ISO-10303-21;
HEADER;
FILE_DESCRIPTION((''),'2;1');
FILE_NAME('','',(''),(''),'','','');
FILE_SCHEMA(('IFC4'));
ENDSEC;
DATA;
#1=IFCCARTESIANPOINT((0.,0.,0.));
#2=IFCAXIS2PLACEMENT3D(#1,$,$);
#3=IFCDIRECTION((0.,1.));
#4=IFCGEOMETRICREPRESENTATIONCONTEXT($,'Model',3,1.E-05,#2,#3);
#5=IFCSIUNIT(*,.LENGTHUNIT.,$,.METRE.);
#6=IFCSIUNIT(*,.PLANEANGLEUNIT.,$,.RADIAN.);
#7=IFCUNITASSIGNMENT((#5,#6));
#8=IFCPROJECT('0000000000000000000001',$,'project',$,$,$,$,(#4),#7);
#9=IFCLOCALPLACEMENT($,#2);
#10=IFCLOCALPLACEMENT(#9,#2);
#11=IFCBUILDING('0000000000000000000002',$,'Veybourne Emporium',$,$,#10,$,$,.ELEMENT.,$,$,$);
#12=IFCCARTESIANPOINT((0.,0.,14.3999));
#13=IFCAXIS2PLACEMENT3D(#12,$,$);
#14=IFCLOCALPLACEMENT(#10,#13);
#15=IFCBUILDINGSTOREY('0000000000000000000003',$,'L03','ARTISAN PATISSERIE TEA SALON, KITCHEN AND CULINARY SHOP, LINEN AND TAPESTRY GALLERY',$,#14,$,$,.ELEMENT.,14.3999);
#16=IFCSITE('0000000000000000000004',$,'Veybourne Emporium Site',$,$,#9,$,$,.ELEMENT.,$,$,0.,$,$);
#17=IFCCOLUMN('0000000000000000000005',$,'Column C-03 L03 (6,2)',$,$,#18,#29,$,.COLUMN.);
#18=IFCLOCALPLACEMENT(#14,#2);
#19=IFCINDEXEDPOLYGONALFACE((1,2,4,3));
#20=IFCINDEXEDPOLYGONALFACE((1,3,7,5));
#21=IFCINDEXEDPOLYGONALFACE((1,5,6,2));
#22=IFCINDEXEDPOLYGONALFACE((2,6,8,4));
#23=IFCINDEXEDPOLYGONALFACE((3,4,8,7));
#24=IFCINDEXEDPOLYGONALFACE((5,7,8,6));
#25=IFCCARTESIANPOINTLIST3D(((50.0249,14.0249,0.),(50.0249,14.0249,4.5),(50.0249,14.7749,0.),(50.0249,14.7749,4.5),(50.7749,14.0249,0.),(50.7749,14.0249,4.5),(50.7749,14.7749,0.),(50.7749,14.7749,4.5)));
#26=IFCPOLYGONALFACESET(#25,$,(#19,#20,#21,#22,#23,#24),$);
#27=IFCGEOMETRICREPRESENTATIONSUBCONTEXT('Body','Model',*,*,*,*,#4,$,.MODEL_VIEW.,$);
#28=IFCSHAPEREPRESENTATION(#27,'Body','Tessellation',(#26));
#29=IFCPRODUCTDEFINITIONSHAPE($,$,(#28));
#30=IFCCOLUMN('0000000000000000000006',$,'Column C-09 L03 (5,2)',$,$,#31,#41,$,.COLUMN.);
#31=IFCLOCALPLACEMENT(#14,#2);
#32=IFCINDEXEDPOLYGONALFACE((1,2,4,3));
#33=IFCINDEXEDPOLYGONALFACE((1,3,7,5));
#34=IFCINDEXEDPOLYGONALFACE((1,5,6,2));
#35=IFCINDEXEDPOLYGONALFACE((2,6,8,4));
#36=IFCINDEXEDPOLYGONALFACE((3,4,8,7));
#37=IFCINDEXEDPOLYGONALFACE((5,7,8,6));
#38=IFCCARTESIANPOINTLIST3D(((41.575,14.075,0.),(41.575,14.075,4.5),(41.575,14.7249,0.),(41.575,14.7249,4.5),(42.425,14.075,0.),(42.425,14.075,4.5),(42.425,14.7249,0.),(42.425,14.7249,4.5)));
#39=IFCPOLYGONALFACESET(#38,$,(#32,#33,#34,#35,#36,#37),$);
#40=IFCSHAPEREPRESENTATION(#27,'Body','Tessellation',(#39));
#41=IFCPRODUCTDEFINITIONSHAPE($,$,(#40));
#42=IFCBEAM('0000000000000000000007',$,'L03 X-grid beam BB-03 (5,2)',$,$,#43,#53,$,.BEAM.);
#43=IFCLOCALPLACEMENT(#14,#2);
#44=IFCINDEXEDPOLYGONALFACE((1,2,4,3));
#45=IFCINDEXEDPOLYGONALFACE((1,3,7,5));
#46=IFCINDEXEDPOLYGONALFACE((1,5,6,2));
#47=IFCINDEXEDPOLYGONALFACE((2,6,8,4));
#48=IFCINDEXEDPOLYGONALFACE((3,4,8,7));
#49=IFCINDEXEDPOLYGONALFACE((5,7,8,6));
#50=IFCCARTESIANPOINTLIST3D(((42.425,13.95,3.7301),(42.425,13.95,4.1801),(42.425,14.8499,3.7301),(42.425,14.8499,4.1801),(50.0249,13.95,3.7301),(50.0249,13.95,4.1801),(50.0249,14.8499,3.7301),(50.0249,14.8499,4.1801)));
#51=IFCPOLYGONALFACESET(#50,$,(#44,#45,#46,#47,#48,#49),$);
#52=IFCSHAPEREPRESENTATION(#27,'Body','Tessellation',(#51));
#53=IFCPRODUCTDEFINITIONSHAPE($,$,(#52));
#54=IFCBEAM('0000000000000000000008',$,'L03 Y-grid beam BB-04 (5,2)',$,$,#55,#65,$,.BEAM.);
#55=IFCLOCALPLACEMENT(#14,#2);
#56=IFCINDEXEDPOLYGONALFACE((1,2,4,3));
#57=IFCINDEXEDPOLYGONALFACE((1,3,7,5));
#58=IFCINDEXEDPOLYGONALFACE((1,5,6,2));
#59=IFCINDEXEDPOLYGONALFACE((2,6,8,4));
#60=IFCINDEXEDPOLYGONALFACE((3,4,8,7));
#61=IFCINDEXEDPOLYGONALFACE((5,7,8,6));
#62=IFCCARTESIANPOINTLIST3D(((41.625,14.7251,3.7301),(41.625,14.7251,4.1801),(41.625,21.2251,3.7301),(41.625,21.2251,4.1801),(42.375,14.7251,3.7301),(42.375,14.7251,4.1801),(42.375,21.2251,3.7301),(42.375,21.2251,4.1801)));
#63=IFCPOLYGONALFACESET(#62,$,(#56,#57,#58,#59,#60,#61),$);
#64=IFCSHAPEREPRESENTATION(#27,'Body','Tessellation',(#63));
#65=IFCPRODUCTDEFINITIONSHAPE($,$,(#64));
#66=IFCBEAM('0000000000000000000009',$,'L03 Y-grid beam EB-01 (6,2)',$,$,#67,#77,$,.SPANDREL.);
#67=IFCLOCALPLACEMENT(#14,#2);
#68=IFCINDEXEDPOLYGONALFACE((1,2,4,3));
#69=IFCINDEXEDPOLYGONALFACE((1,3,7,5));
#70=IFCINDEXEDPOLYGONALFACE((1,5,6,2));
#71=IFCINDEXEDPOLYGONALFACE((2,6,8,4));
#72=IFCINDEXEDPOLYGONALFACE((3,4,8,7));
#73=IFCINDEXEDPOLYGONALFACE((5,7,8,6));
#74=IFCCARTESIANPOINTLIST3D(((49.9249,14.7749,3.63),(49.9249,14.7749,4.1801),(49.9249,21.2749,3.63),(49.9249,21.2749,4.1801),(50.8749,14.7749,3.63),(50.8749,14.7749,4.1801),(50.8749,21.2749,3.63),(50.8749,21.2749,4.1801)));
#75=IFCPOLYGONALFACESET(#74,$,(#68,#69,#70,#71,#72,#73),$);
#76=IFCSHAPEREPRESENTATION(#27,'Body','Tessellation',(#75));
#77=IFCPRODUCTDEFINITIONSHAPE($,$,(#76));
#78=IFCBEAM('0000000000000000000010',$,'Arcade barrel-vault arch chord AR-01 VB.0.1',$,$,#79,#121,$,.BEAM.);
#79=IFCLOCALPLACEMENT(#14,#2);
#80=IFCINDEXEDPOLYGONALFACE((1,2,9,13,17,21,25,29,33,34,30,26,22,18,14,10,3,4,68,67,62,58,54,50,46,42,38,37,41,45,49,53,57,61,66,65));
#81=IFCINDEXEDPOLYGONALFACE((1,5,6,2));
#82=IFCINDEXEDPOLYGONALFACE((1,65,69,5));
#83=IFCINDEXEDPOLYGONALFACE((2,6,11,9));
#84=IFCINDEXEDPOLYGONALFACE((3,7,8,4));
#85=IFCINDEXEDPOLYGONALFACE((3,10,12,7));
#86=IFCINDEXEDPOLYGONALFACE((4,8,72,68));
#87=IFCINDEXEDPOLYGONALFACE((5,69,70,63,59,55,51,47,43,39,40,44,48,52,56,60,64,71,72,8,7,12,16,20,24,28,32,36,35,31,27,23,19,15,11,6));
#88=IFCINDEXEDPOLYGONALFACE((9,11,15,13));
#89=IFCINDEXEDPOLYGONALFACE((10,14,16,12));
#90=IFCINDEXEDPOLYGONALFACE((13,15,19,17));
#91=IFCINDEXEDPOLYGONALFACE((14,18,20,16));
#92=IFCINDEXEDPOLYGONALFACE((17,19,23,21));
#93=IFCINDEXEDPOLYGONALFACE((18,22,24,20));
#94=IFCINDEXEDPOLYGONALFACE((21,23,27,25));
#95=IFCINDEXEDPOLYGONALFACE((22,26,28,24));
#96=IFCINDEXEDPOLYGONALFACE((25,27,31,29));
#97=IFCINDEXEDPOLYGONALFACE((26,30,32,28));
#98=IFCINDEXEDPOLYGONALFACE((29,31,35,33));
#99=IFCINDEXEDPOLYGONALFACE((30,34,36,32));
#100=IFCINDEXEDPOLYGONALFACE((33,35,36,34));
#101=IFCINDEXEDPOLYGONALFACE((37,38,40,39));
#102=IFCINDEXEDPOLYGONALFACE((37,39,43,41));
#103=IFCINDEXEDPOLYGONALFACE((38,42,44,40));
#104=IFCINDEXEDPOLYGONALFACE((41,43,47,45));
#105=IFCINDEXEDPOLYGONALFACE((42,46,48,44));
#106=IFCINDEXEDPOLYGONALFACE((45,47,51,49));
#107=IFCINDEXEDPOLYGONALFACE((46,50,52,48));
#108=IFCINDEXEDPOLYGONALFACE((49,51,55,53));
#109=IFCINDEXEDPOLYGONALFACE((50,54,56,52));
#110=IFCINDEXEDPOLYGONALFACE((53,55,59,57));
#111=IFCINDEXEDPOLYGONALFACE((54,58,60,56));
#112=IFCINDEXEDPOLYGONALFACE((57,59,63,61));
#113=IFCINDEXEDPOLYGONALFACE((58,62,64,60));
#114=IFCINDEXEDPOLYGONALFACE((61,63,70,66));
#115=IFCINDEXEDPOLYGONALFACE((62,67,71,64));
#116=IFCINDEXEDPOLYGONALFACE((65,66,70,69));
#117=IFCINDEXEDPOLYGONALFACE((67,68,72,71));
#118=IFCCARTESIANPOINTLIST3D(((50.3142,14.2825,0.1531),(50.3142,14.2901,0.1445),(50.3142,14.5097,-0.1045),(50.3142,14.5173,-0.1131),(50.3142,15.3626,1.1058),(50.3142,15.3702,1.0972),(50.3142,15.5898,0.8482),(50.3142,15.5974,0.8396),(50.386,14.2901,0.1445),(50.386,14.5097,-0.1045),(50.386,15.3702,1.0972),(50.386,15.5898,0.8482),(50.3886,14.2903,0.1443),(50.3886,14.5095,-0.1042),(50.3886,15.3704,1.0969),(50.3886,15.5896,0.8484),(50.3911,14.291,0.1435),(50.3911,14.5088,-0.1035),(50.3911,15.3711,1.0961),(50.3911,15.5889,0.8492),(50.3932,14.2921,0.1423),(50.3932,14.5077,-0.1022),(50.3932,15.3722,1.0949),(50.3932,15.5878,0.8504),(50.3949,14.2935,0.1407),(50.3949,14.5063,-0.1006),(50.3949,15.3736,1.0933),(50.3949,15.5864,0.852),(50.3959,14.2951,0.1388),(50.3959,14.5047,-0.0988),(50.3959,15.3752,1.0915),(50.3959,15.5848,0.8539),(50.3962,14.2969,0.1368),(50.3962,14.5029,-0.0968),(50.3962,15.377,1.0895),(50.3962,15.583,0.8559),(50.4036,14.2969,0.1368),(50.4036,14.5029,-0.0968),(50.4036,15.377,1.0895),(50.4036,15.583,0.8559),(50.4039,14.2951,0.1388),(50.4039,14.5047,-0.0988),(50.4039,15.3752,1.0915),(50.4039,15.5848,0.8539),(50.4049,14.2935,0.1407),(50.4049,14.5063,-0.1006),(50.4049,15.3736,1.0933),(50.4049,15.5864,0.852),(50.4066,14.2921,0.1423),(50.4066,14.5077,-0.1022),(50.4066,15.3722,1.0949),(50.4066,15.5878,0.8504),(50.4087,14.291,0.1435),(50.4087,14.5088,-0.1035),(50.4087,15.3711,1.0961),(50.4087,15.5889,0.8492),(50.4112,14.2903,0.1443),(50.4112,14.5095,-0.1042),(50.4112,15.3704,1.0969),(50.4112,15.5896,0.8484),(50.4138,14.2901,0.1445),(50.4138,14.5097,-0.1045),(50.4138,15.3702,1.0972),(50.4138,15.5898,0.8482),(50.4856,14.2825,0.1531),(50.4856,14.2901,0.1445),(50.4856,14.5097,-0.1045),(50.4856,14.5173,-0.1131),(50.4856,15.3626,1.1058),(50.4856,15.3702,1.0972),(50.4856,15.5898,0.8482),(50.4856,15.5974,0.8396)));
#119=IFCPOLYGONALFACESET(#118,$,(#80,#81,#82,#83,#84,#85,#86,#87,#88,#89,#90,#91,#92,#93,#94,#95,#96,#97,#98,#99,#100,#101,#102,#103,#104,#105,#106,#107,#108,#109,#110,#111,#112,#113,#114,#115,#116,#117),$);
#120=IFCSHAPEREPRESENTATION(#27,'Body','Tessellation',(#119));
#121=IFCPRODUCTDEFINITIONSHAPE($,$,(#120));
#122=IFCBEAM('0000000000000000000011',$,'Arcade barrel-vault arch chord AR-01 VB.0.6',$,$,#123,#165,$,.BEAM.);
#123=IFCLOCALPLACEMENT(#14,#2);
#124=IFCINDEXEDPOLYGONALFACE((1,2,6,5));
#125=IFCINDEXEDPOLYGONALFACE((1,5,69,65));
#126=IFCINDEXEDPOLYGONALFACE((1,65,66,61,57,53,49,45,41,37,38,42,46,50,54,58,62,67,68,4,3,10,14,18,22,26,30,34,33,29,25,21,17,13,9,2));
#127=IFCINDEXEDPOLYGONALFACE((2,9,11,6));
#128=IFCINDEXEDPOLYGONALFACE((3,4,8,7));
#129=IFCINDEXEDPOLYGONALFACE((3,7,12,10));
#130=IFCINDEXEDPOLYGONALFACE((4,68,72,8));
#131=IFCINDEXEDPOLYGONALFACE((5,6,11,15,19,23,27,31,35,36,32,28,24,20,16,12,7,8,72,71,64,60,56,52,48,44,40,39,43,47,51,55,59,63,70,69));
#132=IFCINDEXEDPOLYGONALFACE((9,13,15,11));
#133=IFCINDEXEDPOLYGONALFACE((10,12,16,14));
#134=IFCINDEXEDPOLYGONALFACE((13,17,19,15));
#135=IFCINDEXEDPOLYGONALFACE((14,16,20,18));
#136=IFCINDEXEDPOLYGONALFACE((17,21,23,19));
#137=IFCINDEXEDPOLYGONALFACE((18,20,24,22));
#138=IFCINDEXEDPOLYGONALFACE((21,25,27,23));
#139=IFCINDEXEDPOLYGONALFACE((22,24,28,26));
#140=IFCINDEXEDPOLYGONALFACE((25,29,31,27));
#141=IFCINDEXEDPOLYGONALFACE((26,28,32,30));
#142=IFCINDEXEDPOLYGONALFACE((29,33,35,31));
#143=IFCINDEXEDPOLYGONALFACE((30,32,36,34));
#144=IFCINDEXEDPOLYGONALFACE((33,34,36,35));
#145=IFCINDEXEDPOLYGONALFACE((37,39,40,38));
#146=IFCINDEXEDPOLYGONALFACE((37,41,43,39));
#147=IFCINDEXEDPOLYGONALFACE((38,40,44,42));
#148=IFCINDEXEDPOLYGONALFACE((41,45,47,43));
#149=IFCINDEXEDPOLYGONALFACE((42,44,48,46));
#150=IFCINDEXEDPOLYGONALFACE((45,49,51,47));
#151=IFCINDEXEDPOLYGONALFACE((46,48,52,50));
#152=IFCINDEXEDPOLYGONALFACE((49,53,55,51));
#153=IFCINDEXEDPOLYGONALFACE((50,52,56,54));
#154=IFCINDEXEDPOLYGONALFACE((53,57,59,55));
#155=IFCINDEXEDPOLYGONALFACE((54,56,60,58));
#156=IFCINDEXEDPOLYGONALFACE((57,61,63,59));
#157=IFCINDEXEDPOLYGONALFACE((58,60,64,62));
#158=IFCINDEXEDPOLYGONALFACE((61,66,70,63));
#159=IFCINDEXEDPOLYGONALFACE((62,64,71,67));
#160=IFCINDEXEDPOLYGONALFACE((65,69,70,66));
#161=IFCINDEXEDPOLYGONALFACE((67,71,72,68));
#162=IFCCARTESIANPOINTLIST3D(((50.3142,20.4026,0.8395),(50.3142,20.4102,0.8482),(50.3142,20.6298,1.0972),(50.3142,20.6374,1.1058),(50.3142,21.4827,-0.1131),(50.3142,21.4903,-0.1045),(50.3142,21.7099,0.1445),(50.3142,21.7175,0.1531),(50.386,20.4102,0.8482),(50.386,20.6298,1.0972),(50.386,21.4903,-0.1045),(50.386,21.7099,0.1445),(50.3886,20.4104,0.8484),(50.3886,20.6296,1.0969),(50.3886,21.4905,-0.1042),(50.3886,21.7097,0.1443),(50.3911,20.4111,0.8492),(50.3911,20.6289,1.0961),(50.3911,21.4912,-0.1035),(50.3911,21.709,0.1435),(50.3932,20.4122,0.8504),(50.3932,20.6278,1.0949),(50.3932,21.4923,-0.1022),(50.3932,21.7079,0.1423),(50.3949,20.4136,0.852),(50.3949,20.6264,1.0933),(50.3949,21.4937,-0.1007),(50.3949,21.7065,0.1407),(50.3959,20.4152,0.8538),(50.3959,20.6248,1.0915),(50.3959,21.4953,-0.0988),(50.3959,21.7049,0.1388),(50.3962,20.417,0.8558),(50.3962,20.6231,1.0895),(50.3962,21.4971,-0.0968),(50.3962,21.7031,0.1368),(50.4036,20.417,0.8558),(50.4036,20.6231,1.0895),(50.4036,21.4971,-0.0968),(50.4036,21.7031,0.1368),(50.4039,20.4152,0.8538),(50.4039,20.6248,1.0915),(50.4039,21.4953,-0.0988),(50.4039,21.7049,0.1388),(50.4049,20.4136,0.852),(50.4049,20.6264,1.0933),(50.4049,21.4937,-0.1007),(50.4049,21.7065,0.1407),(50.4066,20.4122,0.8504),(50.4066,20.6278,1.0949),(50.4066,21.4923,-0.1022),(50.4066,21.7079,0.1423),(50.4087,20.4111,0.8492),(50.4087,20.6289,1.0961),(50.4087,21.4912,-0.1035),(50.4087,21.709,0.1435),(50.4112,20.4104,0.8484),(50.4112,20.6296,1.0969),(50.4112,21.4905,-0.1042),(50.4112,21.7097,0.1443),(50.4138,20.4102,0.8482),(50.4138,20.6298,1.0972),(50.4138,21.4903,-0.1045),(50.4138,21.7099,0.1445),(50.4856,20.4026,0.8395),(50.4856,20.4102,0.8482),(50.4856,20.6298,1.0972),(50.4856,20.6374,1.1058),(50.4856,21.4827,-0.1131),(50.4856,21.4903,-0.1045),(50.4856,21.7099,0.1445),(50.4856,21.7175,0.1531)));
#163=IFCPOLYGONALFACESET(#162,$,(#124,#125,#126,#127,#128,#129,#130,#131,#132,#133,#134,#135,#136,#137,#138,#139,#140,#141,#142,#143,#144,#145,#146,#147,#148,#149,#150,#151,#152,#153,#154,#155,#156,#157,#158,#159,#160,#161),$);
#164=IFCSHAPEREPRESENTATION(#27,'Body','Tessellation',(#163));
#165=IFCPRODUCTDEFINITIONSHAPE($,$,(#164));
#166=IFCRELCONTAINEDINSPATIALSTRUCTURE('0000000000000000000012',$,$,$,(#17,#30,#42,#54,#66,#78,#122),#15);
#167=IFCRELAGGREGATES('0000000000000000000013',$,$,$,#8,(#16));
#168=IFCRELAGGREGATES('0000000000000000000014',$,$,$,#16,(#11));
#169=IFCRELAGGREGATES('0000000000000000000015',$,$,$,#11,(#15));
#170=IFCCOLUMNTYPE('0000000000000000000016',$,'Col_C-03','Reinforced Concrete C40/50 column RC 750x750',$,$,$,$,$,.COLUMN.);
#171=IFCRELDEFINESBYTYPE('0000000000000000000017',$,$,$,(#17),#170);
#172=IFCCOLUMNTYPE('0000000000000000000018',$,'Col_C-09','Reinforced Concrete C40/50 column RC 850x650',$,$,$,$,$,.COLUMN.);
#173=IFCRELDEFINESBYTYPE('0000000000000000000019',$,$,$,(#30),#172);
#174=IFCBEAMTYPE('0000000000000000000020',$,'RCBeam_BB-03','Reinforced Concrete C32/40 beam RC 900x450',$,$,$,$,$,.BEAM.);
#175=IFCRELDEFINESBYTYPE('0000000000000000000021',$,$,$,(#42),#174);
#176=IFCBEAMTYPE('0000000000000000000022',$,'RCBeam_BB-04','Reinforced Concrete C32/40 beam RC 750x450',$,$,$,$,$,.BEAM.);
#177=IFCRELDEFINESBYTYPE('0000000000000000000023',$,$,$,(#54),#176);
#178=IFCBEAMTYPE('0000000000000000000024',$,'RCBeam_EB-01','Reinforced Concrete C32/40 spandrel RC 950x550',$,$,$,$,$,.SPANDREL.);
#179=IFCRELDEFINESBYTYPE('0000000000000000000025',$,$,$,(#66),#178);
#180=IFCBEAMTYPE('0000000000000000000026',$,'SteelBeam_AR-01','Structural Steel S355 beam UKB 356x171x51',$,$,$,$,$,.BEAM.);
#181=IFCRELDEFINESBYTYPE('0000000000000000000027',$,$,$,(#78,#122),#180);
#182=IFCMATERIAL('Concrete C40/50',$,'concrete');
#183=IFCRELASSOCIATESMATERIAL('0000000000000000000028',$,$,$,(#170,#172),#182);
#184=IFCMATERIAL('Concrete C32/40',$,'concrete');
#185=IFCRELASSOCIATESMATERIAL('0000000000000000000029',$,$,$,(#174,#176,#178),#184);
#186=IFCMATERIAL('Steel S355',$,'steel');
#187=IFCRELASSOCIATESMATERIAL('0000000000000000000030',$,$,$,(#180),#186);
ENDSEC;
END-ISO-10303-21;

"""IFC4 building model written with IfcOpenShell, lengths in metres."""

from ifc_helpers import new_model, si_unit, direction, frame, origin, origin_2d, place, context, subcontext, project, spatial, rectangle, i_section, extrude, material, material_profile, profile_set, type_object, element, save


model = new_model("IFC4")

# Units and contexts
model_context = context("Model", 3, precision=1e-05, world=origin(), true_north=direction((0.0, 1.0)))
body_context = subcontext(model_context, "Body", "Model", "MODEL_VIEW")
ifc_project = project(units=[si_unit("LENGTHUNIT", "METRE"), si_unit("PLANEANGLEUNIT", "RADIAN")], contexts=[model_context])

# Site, building, storey
site_placement = place(None, origin())
site = spatial("IfcSite", under=ifc_project, at=site_placement, Name="Veybourne Emporium Site", CompositionType="ELEMENT", RefElevation=0.0)
building_placement = place(site_placement, origin())
building = spatial("IfcBuilding", under=site, at=building_placement, Name="Veybourne Emporium", CompositionType="ELEMENT")
storey_placement = place(building_placement, frame((0.0, 0.0, 14.3999)))
storey = spatial("IfcBuildingStorey", under=building, at=storey_placement, Name="L03", Description="ARTISAN PATISSERIE TEA SALON, KITCHEN AND CULINARY SHOP, LINEN AND TAPESTRY GALLERY", CompositionType="ELEMENT", Elevation=14.3999)

# Columns
ifc_material_1 = material(Name="Concrete C40/50", Category="concrete")
ifc_material_profile_1 = material_profile(ifc_material_1, rectangle(XDim=0.75, YDim=0.75, at=origin_2d()), Name="RC 750x750")
ifc_profile_set_1 = profile_set([ifc_material_profile_1], Name="Concrete C40/50")
column_type_1 = type_object("IfcColumnType", Name="Col_C-03", Description="Reinforced Concrete C40/50 column RC 750x750", PredefinedType="COLUMN", material=ifc_profile_set_1)
column_1_placement = place(storey_placement, frame((50.3999, 14.3999, 0.0), z_axis=(0.0, 0.0, 1.0), x_axis=(1.0, 0.0, 0.0)))
element("IfcColumn", 1, at=column_1_placement, inside=storey, type_object=column_type_1, Name="Column C-03 L03 (6,2)", PredefinedType="COLUMN", context=body_context, shape_type="SweptSolid", body=[
    extrude(rectangle(XDim=0.75, YDim=0.75, at=origin_2d()), origin(), (0.0, 0.0, 1.0), 4.5),
])
ifc_material_profile_2 = material_profile(ifc_material_1, rectangle(XDim=0.8501, YDim=0.6499, at=origin_2d()), Name="RC 850x650")
ifc_profile_set_2 = profile_set([ifc_material_profile_2], Name="Concrete C40/50")
column_type_2 = type_object("IfcColumnType", Name="Col_C-09", Description="Reinforced Concrete C40/50 column RC 850x650", PredefinedType="COLUMN", material=ifc_profile_set_2)
column_2_placement = place(storey_placement, frame((42.0, 14.3999, 0.0), z_axis=(0.0, 0.0, 1.0), x_axis=(1.0, 0.0, 0.0)))
element("IfcColumn", 2, at=column_2_placement, inside=storey, type_object=column_type_2, Name="Column C-09 L03 (5,2)", PredefinedType="COLUMN", context=body_context, shape_type="SweptSolid", body=[
    extrude(rectangle(XDim=0.8501, YDim=0.6499, at=origin_2d()), origin(), (0.0, 0.0, 1.0), 4.5),
])

# Beams
ifc_material_2 = material(Name="Concrete C32/40", Category="concrete")
ifc_material_profile_3 = material_profile(ifc_material_2, rectangle(XDim=0.8999, YDim=0.45, at=origin_2d()), Name="RC 900x450")
ifc_profile_set_3 = profile_set([ifc_material_profile_3], Name="Concrete C32/40")
beam_type_1 = type_object("IfcBeamType", Name="RCBeam_BB-03", Description="Reinforced Concrete C32/40 beam RC 900x450", PredefinedType="BEAM", material=ifc_profile_set_3)
beam_1_placement = place(storey_placement, frame((42.425, 14.3999, 3.9551), z_axis=(1.0, 0.0, 0.0), x_axis=(0.0, 1.0, 0.0)))
element("IfcBeam", 3, at=beam_1_placement, inside=storey, type_object=beam_type_1, Name="L03 X-grid beam BB-03 (5,2)", PredefinedType="BEAM", context=body_context, shape_type="SweptSolid", body=[
    extrude(rectangle(XDim=0.8999, YDim=0.45, at=origin_2d()), origin(), (0.0, 0.0, 1.0), 7.5999),
])
ifc_material_profile_4 = material_profile(ifc_material_2, rectangle(XDim=0.75, YDim=0.45, at=origin_2d()), Name="RC 750x450")
ifc_profile_set_4 = profile_set([ifc_material_profile_4], Name="Concrete C32/40")
beam_type_2 = type_object("IfcBeamType", Name="RCBeam_BB-04", Description="Reinforced Concrete C32/40 beam RC 750x450", PredefinedType="BEAM", material=ifc_profile_set_4)
beam_2_placement = place(storey_placement, frame((42.0, 14.7251, 3.9551), z_axis=(0.0, 1.0, 0.0), x_axis=(-1.0, 0.0, 0.0)))
element("IfcBeam", 4, at=beam_2_placement, inside=storey, type_object=beam_type_2, Name="L03 Y-grid beam BB-04 (5,2)", PredefinedType="BEAM", context=body_context, shape_type="SweptSolid", body=[
    extrude(rectangle(XDim=0.75, YDim=0.45, at=origin_2d()), origin(), (0.0, 0.0, 1.0), 6.5),
])
ifc_material_profile_5 = material_profile(ifc_material_2, rectangle(XDim=0.95, YDim=0.55, at=origin_2d()), Name="RC 950x550")
ifc_profile_set_5 = profile_set([ifc_material_profile_5], Name="Concrete C32/40")
beam_type_3 = type_object("IfcBeamType", Name="RCBeam_EB-01", Description="Reinforced Concrete C32/40 spandrel RC 950x550", PredefinedType="SPANDREL", material=ifc_profile_set_5)
beam_3_placement = place(storey_placement, frame((50.3999, 14.7749, 3.905), z_axis=(0.0, 1.0, 0.0), x_axis=(-1.0, 0.0, 0.0)))
element("IfcBeam", 5, at=beam_3_placement, inside=storey, type_object=beam_type_3, Name="L03 Y-grid beam EB-01 (6,2)", PredefinedType="SPANDREL", context=body_context, shape_type="SweptSolid", body=[
    extrude(rectangle(XDim=0.95, YDim=0.55, at=origin_2d()), origin(), (0.0, 0.0, 1.0), 6.5),
])
ifc_material_3 = material(Name="Steel S355", Category="steel")
ifc_material_profile_6 = material_profile(ifc_material_3, i_section(OverallWidth=0.1714, OverallDepth=0.355, WebThickness=0.0073, FlangeThickness=0.0115, FilletRadius=0.0103, at=origin_2d()), Name="UKB 356x171x51")
ifc_profile_set_6 = profile_set([ifc_material_profile_6], Name="Steel S355")
beam_type_4 = type_object("IfcBeamType", Name="SteelBeam_AR-01", Description="Structural Steel S355 beam UKB 356x171x51", PredefinedType="BEAM", material=ifc_profile_set_6)
for number, where, z_axis, x_axis, name in (
    (6, (50.3999, 14.3999, 0.02), (0.0, 0.749966, 0.661476), (-1.0, 0.0, 0.0), "Arcade barrel-vault arch chord AR-01 VB.0.1"),
    (7, (50.3999, 20.52, 0.9727), (0.0, 0.749966, -0.661476), (-1.0, 0.0, 0.0), "Arcade barrel-vault arch chord AR-01 VB.0.6"),
):
    element("IfcBeam", number, at=place(storey_placement, frame(where, z_axis=z_axis, x_axis=x_axis)), inside=storey, type_object=beam_type_4, Name=name, PredefinedType="BEAM", context=body_context, shape_type="SweptSolid", body=[
        extrude(i_section(OverallWidth=0.1714, OverallDepth=0.355, WebThickness=0.0073, FlangeThickness=0.0115, FilletRadius=0.0103, at=origin_2d()), origin(), (0.0, 0.0, 1.0), 1.4402),
    ])

save(model, "model.ifc")
